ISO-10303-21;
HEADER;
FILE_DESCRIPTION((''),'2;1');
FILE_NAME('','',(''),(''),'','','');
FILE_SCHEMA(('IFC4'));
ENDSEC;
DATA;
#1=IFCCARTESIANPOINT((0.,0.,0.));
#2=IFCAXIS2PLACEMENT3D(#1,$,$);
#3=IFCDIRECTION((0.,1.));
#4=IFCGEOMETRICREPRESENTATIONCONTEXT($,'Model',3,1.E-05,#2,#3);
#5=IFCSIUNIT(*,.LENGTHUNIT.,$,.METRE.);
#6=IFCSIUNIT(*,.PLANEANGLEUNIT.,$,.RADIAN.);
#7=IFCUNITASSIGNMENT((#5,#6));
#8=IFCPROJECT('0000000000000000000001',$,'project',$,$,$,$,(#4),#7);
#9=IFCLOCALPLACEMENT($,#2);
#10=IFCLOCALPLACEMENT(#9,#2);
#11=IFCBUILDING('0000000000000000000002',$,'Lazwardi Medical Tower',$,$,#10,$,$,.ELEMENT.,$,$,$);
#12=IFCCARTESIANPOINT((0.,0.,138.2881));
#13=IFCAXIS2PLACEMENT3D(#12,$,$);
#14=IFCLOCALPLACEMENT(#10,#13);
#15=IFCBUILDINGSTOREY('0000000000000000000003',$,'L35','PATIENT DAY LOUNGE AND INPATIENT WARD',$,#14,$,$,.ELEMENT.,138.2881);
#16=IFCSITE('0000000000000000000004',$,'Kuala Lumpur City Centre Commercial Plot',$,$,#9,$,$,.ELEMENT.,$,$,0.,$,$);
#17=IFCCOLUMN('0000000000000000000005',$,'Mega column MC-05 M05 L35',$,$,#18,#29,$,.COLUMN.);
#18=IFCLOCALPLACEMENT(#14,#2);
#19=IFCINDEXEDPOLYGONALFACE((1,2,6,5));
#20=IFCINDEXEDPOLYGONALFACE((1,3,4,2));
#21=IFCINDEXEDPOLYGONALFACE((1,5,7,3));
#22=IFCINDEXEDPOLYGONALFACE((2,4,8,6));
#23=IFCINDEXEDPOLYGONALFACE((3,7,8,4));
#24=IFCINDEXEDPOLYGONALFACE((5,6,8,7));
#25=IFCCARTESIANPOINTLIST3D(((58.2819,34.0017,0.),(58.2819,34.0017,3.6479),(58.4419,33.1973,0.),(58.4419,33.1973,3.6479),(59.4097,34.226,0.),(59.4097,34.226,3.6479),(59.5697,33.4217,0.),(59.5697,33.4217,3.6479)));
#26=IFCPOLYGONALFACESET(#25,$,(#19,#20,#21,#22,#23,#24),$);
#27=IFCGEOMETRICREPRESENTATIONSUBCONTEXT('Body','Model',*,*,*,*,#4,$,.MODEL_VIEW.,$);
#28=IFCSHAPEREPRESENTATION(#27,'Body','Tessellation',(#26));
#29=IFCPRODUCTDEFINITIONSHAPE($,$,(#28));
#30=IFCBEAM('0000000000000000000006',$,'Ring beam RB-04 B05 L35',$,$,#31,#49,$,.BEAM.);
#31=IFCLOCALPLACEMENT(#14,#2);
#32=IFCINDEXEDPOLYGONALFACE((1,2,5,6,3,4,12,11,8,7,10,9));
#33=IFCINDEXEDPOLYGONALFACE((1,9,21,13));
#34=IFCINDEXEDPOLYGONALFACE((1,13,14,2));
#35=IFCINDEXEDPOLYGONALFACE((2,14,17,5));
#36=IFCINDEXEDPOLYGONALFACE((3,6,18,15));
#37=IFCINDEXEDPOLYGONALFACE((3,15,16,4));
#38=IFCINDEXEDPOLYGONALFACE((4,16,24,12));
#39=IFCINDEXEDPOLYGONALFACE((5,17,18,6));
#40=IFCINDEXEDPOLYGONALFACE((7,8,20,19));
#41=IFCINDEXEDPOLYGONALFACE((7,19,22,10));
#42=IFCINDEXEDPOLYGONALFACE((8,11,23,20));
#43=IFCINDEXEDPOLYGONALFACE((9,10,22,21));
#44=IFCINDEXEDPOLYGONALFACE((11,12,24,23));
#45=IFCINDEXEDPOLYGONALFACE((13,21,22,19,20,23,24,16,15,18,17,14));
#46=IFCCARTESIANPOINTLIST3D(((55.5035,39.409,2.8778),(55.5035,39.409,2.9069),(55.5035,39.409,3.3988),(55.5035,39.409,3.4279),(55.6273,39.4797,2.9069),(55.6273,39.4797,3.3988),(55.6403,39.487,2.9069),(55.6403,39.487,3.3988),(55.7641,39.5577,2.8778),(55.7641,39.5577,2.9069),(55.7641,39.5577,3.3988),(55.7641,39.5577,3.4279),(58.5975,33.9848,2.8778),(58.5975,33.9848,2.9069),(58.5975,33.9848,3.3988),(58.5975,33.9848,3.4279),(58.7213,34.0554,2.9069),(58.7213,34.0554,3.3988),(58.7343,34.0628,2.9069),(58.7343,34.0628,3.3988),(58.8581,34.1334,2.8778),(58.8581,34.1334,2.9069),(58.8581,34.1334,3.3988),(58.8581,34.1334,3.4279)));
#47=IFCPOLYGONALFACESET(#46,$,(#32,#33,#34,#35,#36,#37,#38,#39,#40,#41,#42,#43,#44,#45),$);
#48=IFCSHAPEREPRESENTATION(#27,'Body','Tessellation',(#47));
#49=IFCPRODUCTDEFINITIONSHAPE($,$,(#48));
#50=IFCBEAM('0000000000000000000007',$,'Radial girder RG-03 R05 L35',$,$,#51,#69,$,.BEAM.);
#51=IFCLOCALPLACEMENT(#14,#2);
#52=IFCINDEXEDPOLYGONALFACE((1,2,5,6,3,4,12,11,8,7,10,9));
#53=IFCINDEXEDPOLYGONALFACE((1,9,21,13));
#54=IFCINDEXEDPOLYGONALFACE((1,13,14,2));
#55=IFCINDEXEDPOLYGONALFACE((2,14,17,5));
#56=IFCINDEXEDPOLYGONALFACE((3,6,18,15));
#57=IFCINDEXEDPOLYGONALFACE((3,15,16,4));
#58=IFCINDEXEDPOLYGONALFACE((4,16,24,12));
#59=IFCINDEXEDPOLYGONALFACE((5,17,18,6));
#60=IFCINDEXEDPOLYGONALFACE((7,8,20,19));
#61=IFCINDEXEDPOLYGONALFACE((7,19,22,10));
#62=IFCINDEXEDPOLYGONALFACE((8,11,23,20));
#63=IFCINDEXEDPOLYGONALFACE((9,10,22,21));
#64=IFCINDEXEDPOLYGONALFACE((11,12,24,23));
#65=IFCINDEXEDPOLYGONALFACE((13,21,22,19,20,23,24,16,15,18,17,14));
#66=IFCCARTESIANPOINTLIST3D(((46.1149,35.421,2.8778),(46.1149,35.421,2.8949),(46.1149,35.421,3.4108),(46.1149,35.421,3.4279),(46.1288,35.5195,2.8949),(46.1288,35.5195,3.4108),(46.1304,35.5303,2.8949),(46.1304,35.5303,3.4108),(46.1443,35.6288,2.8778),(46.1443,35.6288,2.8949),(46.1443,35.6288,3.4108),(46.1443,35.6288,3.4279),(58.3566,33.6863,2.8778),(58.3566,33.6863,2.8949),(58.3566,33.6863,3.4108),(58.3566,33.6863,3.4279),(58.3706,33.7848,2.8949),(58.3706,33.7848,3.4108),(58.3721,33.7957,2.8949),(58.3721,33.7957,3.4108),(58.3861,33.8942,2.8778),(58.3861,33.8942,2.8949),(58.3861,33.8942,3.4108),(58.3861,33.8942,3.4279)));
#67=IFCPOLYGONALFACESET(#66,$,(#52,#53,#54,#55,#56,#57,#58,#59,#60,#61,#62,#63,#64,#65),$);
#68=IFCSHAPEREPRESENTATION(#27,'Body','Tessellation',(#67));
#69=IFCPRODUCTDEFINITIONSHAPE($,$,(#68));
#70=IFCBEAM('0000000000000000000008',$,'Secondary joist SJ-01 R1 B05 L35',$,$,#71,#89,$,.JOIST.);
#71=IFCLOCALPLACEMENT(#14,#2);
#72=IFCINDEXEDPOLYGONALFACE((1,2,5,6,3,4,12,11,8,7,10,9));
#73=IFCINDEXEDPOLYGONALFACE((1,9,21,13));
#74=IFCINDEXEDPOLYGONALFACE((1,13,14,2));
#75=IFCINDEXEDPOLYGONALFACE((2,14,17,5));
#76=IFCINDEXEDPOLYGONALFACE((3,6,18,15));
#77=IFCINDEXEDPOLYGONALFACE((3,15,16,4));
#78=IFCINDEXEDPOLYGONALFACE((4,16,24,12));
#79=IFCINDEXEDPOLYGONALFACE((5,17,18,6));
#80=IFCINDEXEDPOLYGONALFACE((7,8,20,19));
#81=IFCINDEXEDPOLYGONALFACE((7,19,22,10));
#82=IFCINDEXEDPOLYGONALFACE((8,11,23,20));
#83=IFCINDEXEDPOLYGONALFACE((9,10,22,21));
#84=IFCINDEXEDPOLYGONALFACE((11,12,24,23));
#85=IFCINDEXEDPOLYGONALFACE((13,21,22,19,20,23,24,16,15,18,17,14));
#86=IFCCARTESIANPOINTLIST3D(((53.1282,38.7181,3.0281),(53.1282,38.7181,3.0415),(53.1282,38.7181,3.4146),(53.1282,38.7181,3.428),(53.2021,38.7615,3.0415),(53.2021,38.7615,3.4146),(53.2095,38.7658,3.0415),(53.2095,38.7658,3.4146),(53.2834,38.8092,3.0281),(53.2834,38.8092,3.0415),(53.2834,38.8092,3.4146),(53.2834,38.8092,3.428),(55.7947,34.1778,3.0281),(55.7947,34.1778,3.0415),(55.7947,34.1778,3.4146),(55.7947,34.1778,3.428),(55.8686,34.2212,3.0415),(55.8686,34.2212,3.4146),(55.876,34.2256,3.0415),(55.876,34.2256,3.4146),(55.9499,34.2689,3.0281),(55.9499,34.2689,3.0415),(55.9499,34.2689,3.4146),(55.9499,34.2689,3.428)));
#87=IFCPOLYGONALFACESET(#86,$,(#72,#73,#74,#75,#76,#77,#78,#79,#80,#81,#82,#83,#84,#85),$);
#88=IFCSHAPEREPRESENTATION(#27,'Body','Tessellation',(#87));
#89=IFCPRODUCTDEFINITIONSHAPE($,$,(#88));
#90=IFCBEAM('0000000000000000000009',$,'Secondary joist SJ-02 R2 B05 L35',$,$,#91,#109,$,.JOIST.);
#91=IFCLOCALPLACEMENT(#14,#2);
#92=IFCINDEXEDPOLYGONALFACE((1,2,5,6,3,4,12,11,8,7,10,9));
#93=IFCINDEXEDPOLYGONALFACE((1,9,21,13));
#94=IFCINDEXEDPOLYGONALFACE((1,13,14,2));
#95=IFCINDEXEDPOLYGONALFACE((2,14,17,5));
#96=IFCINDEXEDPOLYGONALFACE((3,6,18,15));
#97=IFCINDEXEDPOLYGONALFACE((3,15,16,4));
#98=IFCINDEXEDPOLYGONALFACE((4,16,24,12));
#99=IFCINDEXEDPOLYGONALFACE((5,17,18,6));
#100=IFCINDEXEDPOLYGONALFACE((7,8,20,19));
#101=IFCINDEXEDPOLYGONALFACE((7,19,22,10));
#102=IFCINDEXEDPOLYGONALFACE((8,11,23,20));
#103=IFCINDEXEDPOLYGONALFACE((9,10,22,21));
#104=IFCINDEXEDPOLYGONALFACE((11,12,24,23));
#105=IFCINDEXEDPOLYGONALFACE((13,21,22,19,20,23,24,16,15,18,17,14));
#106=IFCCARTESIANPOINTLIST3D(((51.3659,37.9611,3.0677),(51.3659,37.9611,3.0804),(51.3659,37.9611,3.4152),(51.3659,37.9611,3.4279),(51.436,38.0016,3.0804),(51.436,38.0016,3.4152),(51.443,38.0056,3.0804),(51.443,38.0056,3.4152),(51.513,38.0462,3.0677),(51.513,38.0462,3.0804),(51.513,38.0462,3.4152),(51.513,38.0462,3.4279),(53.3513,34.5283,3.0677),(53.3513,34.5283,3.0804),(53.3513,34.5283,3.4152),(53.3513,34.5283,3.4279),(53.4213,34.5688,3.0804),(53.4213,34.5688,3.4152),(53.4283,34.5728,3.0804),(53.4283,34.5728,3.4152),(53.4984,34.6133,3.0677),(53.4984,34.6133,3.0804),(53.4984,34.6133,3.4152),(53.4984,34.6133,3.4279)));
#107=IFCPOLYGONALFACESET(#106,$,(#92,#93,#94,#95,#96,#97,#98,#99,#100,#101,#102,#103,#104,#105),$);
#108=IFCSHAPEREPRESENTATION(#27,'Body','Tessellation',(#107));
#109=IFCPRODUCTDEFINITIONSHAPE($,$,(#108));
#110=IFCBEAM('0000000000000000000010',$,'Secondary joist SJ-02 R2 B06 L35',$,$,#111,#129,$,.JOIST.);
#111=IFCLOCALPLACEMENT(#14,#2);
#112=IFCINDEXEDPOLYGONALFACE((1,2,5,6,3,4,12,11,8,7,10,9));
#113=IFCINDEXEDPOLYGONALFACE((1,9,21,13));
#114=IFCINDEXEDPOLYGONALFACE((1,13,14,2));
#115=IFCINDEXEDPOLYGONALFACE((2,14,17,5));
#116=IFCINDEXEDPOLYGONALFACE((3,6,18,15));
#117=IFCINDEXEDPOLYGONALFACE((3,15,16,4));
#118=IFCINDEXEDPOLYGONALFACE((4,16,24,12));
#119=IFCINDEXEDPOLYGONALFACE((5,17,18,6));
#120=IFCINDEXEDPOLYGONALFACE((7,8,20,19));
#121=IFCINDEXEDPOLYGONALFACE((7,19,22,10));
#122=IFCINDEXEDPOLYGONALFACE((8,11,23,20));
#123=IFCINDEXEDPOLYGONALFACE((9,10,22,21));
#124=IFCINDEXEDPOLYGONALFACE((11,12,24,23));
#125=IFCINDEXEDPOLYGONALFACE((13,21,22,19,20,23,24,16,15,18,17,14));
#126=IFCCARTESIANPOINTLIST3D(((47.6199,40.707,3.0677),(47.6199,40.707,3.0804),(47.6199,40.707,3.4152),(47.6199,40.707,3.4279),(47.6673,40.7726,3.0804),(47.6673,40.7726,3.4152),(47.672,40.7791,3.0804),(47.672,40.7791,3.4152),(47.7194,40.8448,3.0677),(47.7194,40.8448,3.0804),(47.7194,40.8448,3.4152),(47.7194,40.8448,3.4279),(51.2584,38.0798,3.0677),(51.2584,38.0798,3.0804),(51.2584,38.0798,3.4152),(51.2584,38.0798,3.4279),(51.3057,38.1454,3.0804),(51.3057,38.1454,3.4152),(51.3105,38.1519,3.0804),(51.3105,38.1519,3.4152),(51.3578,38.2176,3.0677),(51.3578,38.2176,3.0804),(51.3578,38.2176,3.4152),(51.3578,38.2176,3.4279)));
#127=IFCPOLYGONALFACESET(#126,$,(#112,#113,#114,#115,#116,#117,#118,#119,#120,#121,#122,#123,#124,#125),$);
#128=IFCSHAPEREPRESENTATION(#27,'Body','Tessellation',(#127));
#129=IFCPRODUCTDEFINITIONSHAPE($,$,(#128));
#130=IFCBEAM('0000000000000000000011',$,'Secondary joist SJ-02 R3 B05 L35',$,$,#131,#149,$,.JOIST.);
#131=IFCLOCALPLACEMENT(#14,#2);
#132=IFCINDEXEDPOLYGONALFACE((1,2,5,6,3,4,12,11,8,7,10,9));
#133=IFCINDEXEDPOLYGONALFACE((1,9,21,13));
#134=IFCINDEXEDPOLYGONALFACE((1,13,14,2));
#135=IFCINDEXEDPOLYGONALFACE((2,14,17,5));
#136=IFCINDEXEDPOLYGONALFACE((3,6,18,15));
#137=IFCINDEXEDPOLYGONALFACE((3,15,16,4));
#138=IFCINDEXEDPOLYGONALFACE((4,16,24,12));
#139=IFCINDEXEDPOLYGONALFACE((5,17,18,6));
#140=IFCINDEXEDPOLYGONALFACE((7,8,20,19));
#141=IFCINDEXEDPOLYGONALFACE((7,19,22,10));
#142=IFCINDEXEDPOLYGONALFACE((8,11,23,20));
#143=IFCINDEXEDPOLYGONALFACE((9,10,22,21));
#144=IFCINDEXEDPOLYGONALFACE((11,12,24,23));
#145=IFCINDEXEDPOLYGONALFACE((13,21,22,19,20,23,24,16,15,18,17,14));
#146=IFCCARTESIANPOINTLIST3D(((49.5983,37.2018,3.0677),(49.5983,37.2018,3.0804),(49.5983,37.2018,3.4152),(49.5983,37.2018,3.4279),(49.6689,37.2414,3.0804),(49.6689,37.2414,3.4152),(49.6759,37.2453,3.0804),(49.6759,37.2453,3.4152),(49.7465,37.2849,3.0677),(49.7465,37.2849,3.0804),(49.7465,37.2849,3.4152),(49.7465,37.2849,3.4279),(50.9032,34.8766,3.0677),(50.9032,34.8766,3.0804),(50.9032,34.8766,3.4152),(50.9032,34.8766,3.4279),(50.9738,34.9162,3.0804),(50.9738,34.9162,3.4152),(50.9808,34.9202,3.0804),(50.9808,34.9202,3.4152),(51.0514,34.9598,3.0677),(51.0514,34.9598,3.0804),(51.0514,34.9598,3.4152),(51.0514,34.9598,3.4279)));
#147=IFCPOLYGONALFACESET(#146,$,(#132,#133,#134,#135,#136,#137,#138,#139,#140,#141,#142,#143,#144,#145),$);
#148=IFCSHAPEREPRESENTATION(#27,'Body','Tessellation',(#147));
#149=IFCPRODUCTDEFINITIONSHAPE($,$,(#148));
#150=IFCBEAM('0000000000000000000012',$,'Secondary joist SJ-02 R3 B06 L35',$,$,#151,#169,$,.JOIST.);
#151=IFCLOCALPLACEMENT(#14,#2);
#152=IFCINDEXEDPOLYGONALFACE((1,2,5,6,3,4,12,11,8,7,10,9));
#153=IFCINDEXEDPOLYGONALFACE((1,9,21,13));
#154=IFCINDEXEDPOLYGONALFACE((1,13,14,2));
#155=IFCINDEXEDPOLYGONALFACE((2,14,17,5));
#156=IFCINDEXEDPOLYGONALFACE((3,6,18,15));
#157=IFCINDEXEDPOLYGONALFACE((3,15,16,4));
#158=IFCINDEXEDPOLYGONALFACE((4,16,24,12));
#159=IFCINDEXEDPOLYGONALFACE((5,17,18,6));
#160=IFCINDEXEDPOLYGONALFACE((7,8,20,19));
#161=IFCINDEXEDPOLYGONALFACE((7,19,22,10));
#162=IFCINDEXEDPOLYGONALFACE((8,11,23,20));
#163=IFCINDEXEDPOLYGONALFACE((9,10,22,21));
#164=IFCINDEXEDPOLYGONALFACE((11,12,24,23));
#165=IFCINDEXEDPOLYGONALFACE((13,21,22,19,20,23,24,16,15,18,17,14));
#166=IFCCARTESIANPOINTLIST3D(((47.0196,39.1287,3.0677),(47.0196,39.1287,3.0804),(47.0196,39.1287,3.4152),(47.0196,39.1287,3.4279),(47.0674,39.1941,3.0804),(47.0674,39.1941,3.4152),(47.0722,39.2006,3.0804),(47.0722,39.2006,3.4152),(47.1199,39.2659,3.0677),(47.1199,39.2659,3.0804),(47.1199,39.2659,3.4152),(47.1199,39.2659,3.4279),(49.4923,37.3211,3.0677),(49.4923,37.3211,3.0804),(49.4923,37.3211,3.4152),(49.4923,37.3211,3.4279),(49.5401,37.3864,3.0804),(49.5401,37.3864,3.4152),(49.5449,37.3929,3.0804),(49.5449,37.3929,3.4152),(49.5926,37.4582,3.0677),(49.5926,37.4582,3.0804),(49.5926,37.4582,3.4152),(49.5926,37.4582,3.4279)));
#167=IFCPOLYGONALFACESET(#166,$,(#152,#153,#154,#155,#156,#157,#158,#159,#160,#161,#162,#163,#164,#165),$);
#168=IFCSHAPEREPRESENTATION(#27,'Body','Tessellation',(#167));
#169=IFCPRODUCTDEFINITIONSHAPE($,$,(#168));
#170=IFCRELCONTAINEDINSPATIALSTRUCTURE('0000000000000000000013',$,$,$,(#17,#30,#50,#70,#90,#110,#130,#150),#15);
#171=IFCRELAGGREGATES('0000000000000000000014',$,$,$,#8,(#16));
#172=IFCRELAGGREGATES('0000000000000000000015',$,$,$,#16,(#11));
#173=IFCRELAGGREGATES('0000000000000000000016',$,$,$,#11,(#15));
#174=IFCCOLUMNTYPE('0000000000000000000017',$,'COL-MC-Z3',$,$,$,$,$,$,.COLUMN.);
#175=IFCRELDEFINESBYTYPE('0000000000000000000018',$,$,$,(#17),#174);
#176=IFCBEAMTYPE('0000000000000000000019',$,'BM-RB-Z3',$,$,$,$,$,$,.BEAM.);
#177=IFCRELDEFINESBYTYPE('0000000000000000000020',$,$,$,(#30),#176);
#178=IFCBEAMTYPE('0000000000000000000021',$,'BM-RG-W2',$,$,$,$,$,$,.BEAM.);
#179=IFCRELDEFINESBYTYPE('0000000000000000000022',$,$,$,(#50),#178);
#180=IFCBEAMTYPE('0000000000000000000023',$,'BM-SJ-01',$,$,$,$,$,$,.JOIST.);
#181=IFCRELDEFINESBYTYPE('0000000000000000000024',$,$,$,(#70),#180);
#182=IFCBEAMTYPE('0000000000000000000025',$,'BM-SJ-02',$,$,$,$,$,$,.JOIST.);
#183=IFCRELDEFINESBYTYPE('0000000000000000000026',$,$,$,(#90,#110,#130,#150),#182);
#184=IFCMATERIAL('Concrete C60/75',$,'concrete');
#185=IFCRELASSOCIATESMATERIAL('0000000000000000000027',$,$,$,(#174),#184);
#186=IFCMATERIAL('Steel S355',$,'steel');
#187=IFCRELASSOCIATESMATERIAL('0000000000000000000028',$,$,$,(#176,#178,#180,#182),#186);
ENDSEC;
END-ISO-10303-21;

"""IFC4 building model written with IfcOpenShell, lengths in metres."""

from ifc_helpers import new_model, si_unit, direction, frame, origin, origin_2d, place, context, subcontext, project, spatial, rectangle, i_section, extrude, material, material_profile, profile_set, type_object, element, save


model = new_model("IFC4")

# Units and contexts
model_context = context("Model", 3, precision=1e-05, world=origin(), true_north=direction((0.0, 1.0)))
body_context = subcontext(model_context, "Body", "Model", "MODEL_VIEW")
ifc_project = project(units=[si_unit("LENGTHUNIT", "METRE"), si_unit("PLANEANGLEUNIT", "RADIAN")], contexts=[model_context])

# Site, building, storey
site_placement = place(None, origin())
site = spatial("IfcSite", under=ifc_project, at=site_placement, Name="Kuala Lumpur City Centre Commercial Plot", CompositionType="ELEMENT", RefElevation=0.0)
building_placement = place(site_placement, origin())
building = spatial("IfcBuilding", under=site, at=building_placement, Name="Lazwardi Medical Tower", CompositionType="ELEMENT")
storey_placement = place(building_placement, frame((0.0, 0.0, 138.2881)))
storey = spatial("IfcBuildingStorey", under=building, at=storey_placement, Name="L35", Description="PATIENT DAY LOUNGE AND INPATIENT WARD", CompositionType="ELEMENT", Elevation=138.2881)

# Column
ifc_material_1 = material(Name="Concrete C60/75", Category="concrete")
ifc_material_profile_1 = material_profile(ifc_material_1, rectangle(XDim=1.1499, YDim=0.8201, at=origin_2d()), Name="CFT-RECT 1150x820")
ifc_profile_set_1 = profile_set([ifc_material_profile_1], Name="Concrete C60/75")
column_type = type_object("IfcColumnType", Name="COL-MC-Z3", PredefinedType="COLUMN", material=ifc_profile_set_1)
column_placement = place(storey_placement, frame((58.9258, 33.7117, 0.0), z_axis=(0.0, 0.0, 1.0), x_axis=(0.980785, 0.19509, 0.0)))
element("IfcColumn", 1, at=column_placement, inside=storey, type_object=column_type, Name="Mega column MC-05 M05 L35", PredefinedType="COLUMN", context=body_context, shape_type="SweptSolid", body=[
    extrude(rectangle(XDim=1.1499, YDim=0.8201, at=origin_2d()), origin(), (0.0, 0.0, 1.0), 3.6479),
])

# Beams
ifc_material_2 = material(Name="Steel S355", Category="steel")
ifc_material_profile_2 = material_profile(ifc_material_2, i_section(OverallWidth=0.3, OverallDepth=0.55, WebThickness=0.0149, FlangeThickness=0.0291, at=origin_2d()), Name="HEB 550")
ifc_profile_set_2 = profile_set([ifc_material_profile_2], Name="Steel S355")
beam_type_1 = type_object("IfcBeamType", Name="BM-RB-Z3", PredefinedType="BEAM", material=ifc_profile_set_2)
beam_1_placement = place(storey_placement, frame((58.7278, 34.0591, 3.1528), z_axis=(-0.495461, 0.86863, 0.0), x_axis=(-0.86863, -0.495461, 0.0)))
element("IfcBeam", 2, at=beam_1_placement, inside=storey, type_object=beam_type_1, Name="Ring beam RB-04 B05 L35", PredefinedType="BEAM", context=body_context, shape_type="SweptSolid", body=[
    extrude(i_section(OverallWidth=0.3, OverallDepth=0.55, WebThickness=0.0149, FlangeThickness=0.0291, at=origin_2d()), origin(), (0.0, 0.0, 1.0), 6.2446),
])
ifc_material_profile_3 = material_profile(ifc_material_2, i_section(OverallWidth=0.21, OverallDepth=0.55, WebThickness=0.011, FlangeThickness=0.0171, at=origin_2d()), Name="IPE 550")
ifc_profile_set_3 = profile_set([ifc_material_profile_3], Name="Steel S355")
beam_type_2 = type_object("IfcBeamType", Name="BM-RG-W2", PredefinedType="BEAM", material=ifc_profile_set_3)
beam_2_placement = place(storey_placement, frame((58.3713, 33.7903, 3.1528), z_axis=(-0.99011, 0.140296, 0.0), x_axis=(-0.140296, -0.99011, 0.0)))
element("IfcBeam", 3, at=beam_2_placement, inside=storey, type_object=beam_type_2, Name="Radial girder RG-03 R05 L35", PredefinedType="BEAM", context=body_context, shape_type="SweptSolid", body=[
    extrude(i_section(OverallWidth=0.21, OverallDepth=0.55, WebThickness=0.011, FlangeThickness=0.0171, at=origin_2d()), origin(), (0.0, 0.0, 1.0), 12.364),
])
ifc_material_profile_4 = material_profile(ifc_material_2, i_section(OverallWidth=0.1799, OverallDepth=0.3999, WebThickness=0.0085, FlangeThickness=0.0134, at=origin_2d()), Name="IPE 400")
ifc_profile_set_4 = profile_set([ifc_material_profile_4], Name="Steel S355")
beam_type_3 = type_object("IfcBeamType", Name="BM-SJ-01", PredefinedType="JOIST", material=ifc_profile_set_4)
beam_3_placement = place(storey_placement, frame((55.8723, 34.2234, 3.228), z_axis=(-0.50642, 0.862287, 0.0), x_axis=(-0.862287, -0.50642, 0.0)))
element("IfcBeam", 4, at=beam_3_placement, inside=storey, type_object=beam_type_3, Name="Secondary joist SJ-01 R1 B05 L35", PredefinedType="JOIST", context=body_context, shape_type="SweptSolid", body=[
    extrude(i_section(OverallWidth=0.1799, OverallDepth=0.3999, WebThickness=0.0085, FlangeThickness=0.0134, at=origin_2d()), origin(), (0.0, 0.0, 1.0), 5.2654),
])
ifc_material_profile_5 = material_profile(ifc_material_2, i_section(OverallWidth=0.1699, OverallDepth=0.3601, WebThickness=0.0081, FlangeThickness=0.0127, at=origin_2d()), Name="IPE 360")
ifc_profile_set_5 = profile_set([ifc_material_profile_5], Name="Steel S355")
beam_type_4 = type_object("IfcBeamType", Name="BM-SJ-02", PredefinedType="JOIST", material=ifc_profile_set_5)
beam_4_placement = place(storey_placement, frame((53.4248, 34.5708, 3.2478), z_axis=(-0.500641, 0.865655, 0.0), x_axis=(-0.865655, -0.500641, 0.0)))
element("IfcBeam", 5, at=beam_4_placement, inside=storey, type_object=beam_type_4, Name="Secondary joist SJ-02 R2 B05 L35", PredefinedType="JOIST", context=body_context, shape_type="SweptSolid", body=[
    extrude(i_section(OverallWidth=0.1699, OverallDepth=0.3601, WebThickness=0.0081, FlangeThickness=0.0127, at=origin_2d()), origin(), (0.0, 0.0, 1.0), 3.9656),
])
beam_5_placement = place(storey_placement, frame((51.3081, 38.1487, 3.2478), z_axis=(-0.810738, 0.585409, 0.0), x_axis=(-0.585409, -0.810738, 0.0)))
element("IfcBeam", 6, at=beam_5_placement, inside=storey, type_object=beam_type_4, Name="Secondary joist SJ-02 R2 B06 L35", PredefinedType="JOIST", context=body_context, shape_type="SweptSolid", body=[
    extrude(i_section(OverallWidth=0.1699, OverallDepth=0.3601, WebThickness=0.0081, FlangeThickness=0.0127, at=origin_2d()), origin(), (0.0, 0.0, 1.0), 4.4878),
])
beam_6_placement = place(storey_placement, frame((50.9773, 34.9182, 3.2478), z_axis=(-0.489409, 0.872054, 0.0), x_axis=(-0.872054, -0.489409, 0.0)))
element("IfcBeam", 7, at=beam_6_placement, inside=storey, type_object=beam_type_4, Name="Secondary joist SJ-02 R3 B05 L35", PredefinedType="JOIST", context=body_context, shape_type="SweptSolid", body=[
    extrude(i_section(OverallWidth=0.1699, OverallDepth=0.3601, WebThickness=0.0081, FlangeThickness=0.0127, at=origin_2d()), origin(), (0.0, 0.0, 1.0), 2.6663),
])
beam_7_placement = place(storey_placement, frame((49.5425, 37.3896, 3.2478), z_axis=(-0.807286, 0.59016, 0.0), x_axis=(-0.59016, -0.807286, 0.0)))
element("IfcBeam", 8, at=beam_7_placement, inside=storey, type_object=beam_type_4, Name="Secondary joist SJ-02 R3 B06 L35", PredefinedType="JOIST", context=body_context, shape_type="SweptSolid", body=[
    extrude(i_section(OverallWidth=0.1699, OverallDepth=0.3601, WebThickness=0.0081, FlangeThickness=0.0127, at=origin_2d()), origin(), (0.0, 0.0, 1.0), 3.063),
])

save(model, "model.ifc")
